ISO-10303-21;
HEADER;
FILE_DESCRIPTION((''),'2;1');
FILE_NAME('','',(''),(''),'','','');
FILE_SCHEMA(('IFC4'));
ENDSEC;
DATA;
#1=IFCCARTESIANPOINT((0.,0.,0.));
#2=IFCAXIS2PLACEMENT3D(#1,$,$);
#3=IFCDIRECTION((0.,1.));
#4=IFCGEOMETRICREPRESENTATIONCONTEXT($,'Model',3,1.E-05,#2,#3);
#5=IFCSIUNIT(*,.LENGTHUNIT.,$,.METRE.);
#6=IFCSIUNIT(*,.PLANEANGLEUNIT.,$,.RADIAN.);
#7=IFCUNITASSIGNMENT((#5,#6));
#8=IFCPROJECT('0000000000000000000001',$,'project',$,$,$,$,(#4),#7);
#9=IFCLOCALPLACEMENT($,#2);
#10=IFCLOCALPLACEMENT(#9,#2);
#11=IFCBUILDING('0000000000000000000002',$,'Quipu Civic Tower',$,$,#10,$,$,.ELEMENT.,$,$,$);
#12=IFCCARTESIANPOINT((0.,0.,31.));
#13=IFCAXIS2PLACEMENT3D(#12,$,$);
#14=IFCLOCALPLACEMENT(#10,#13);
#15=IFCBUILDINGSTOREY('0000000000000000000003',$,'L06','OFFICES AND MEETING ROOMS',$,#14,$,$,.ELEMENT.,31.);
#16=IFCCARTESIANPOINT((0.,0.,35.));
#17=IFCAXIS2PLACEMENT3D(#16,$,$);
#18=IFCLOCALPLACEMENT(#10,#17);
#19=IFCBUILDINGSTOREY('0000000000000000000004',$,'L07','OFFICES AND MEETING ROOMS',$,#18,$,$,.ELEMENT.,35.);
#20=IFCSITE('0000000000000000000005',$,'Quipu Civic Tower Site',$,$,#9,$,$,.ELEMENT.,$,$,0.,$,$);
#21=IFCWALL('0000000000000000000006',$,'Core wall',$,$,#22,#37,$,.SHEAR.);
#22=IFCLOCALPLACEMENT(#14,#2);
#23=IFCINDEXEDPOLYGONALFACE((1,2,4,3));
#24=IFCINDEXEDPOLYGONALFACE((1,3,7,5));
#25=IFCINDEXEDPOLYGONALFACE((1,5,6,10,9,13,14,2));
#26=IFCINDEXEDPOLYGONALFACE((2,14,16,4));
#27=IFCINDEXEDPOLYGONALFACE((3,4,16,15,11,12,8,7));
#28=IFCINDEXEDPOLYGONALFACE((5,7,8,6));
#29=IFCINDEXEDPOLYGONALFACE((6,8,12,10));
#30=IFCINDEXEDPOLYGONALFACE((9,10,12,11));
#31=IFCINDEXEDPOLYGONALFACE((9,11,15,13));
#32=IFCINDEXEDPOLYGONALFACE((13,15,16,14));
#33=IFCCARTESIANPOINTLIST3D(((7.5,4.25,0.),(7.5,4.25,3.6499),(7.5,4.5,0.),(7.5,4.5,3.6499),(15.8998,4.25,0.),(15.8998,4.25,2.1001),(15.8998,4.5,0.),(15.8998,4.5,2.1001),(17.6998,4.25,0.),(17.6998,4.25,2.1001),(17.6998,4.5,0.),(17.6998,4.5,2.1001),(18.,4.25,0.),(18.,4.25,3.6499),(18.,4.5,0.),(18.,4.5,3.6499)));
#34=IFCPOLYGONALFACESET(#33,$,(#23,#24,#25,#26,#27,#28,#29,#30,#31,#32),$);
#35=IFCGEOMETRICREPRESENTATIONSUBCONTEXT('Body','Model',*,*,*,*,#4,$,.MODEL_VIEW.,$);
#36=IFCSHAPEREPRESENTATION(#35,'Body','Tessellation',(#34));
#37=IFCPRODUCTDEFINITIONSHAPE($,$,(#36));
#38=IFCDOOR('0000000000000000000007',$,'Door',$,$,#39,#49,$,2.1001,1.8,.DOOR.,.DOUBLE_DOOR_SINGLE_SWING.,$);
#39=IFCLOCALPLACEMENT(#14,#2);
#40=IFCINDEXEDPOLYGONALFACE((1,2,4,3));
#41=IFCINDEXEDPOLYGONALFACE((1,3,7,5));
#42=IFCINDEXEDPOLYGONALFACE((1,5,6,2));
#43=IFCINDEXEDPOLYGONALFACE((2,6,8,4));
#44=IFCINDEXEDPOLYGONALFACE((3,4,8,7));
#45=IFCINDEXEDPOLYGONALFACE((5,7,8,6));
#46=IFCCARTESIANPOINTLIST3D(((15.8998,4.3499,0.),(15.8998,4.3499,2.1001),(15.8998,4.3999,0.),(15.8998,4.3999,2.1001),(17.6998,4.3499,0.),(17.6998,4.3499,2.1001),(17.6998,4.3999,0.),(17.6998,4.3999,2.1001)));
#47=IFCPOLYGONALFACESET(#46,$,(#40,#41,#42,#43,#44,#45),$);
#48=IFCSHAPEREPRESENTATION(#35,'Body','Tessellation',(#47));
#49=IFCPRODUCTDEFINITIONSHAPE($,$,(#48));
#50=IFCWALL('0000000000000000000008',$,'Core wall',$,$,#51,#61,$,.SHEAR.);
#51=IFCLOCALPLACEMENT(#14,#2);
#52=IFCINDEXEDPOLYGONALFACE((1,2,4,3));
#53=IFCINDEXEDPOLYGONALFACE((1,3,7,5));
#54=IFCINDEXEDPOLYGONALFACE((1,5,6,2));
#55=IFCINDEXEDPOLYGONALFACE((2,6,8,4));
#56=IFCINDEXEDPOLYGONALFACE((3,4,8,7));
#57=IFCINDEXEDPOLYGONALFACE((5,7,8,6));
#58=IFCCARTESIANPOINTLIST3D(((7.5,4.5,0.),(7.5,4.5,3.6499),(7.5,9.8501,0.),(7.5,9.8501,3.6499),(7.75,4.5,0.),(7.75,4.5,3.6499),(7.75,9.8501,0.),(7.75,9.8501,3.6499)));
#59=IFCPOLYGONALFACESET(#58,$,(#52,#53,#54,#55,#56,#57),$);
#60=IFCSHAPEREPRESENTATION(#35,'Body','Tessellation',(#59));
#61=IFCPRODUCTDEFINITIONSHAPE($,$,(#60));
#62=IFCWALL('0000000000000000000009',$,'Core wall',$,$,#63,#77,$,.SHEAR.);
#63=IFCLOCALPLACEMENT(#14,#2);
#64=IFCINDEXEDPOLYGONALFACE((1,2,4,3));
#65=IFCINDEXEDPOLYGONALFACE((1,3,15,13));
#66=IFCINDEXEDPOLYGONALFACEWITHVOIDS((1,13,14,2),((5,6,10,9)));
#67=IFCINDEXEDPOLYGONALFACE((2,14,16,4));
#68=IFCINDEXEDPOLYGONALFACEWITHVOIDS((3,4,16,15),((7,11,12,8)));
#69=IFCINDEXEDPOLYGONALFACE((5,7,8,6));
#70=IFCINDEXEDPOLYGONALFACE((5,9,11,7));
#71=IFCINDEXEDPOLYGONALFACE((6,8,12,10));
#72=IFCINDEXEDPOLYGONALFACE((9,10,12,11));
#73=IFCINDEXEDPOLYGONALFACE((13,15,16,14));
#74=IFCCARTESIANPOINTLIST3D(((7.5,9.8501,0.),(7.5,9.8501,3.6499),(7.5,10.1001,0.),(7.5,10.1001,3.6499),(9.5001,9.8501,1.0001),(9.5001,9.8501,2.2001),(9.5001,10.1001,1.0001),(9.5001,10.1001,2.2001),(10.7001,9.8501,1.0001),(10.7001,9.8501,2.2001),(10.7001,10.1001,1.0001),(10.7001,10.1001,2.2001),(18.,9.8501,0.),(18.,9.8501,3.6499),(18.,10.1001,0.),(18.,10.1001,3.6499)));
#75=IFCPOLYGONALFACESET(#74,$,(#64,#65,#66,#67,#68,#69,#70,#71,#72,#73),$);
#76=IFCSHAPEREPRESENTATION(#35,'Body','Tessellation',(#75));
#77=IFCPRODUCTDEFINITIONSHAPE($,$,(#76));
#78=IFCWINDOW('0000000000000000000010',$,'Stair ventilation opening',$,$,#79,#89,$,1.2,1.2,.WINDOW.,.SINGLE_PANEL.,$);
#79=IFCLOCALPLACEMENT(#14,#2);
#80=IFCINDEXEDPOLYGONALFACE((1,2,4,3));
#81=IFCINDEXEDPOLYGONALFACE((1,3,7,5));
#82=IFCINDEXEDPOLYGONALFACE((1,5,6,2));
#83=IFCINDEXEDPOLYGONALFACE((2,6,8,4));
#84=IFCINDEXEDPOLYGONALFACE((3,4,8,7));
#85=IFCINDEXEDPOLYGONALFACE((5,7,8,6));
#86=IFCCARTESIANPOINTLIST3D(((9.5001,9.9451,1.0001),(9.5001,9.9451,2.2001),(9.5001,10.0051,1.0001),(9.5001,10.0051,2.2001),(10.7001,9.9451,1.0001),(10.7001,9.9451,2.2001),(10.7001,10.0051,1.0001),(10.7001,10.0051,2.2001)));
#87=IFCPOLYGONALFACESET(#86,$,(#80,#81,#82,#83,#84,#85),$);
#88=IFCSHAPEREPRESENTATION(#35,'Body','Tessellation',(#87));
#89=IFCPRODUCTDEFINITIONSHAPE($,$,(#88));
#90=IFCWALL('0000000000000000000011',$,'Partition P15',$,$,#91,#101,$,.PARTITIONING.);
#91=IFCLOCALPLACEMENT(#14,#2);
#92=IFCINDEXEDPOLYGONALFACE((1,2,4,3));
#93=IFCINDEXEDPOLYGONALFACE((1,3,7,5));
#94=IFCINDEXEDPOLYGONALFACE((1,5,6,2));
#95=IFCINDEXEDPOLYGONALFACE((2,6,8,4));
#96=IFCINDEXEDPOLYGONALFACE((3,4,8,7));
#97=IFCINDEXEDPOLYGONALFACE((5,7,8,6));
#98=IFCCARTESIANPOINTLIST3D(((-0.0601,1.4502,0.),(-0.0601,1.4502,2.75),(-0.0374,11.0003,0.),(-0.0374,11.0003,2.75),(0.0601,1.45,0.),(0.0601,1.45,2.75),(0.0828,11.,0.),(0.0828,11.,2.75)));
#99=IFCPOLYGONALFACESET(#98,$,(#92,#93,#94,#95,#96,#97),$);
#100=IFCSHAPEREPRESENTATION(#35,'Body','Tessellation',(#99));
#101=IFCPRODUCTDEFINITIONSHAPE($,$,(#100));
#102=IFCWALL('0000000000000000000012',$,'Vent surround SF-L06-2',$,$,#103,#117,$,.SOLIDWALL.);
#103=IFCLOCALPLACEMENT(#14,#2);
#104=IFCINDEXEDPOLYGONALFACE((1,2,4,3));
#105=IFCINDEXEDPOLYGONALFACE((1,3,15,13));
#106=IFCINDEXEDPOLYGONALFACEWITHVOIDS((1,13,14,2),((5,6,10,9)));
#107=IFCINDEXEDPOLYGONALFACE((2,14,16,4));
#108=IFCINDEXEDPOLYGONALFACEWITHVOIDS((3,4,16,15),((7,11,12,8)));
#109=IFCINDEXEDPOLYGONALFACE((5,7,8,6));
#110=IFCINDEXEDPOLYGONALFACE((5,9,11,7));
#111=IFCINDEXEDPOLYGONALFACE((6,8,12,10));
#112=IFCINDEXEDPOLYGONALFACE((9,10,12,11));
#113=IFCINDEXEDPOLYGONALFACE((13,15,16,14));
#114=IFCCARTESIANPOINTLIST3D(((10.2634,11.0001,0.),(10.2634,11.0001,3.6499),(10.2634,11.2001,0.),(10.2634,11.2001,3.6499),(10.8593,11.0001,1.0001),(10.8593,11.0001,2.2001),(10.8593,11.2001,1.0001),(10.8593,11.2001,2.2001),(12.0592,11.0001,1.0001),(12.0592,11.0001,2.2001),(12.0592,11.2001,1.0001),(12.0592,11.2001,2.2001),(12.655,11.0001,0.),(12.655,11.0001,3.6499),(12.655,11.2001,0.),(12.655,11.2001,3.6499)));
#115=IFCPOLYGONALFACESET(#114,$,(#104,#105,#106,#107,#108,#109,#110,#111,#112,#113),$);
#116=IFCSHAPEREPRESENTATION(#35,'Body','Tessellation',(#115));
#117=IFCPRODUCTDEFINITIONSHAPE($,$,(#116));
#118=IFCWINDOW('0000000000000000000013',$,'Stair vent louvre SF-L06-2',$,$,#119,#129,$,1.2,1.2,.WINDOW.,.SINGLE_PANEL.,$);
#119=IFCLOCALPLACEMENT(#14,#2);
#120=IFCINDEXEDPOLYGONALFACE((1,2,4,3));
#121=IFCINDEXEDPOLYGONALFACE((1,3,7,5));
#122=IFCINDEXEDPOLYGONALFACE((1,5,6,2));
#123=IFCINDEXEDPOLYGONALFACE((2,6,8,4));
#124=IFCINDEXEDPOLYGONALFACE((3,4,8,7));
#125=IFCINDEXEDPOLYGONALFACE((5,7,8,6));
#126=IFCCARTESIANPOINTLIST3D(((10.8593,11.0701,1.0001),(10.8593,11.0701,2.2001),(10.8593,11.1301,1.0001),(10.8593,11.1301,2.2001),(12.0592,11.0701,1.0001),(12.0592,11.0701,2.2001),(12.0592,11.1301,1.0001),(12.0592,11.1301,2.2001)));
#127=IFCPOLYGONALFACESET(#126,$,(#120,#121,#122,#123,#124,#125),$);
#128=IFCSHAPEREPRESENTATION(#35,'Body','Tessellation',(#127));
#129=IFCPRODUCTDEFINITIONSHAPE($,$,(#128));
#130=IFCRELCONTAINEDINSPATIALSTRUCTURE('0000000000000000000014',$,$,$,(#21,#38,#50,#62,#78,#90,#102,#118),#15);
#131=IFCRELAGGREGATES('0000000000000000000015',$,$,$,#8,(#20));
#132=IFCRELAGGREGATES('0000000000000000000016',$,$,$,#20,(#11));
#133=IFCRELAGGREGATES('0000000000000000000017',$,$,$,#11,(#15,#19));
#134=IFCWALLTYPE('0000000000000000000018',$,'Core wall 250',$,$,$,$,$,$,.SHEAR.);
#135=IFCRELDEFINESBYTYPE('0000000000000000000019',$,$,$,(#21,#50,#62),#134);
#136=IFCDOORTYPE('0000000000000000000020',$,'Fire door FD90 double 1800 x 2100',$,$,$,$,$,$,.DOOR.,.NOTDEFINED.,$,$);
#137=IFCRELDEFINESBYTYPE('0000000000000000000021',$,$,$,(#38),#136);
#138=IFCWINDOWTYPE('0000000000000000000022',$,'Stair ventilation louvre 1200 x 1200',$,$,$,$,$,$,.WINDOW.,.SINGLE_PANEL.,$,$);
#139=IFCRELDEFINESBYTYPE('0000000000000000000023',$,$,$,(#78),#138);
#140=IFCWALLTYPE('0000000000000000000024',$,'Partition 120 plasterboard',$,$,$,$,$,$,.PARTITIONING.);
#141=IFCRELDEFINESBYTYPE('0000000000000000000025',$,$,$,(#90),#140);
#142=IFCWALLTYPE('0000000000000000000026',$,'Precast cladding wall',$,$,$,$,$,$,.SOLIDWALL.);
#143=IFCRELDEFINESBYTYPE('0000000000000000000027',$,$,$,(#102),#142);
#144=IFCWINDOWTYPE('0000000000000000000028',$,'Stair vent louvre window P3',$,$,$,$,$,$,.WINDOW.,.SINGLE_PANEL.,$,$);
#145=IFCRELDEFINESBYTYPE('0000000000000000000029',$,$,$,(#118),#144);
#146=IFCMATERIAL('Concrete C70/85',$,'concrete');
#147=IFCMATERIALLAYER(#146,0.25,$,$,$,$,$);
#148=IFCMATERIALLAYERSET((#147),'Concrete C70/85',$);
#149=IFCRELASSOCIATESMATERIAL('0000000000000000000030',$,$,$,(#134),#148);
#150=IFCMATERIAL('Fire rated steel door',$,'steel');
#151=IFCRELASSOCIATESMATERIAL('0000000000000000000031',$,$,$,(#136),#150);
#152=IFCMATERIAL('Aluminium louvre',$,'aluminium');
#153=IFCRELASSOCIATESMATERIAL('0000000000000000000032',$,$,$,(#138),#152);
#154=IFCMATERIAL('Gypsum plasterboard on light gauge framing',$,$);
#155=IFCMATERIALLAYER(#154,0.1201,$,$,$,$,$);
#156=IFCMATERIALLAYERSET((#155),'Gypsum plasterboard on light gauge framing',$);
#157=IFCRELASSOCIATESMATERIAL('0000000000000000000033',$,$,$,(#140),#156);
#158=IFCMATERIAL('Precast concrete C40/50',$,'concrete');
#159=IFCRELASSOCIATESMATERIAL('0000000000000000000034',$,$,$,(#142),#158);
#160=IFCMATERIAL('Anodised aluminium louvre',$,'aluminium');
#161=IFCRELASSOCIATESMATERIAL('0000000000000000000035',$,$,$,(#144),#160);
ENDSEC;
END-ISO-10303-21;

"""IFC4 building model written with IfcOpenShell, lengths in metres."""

from ifc_helpers import new_model, si_unit, direction, frame, frame_2d, origin, place, context, subcontext, project, spatial, rectangle, extrude, material, layer, layer_set, type_object, element, fill, save


model = new_model("IFC4")

# Units and contexts
model_context = context("Model", 3, precision=1e-05, world=origin(), true_north=direction((0.0, 1.0)))
body_context = subcontext(model_context, "Body", "Model", "MODEL_VIEW")
ifc_project = project(units=[si_unit("LENGTHUNIT", "METRE"), si_unit("PLANEANGLEUNIT", "RADIAN")], contexts=[model_context])

# Site, building, storey
site_placement = place(None, origin())
site = spatial("IfcSite", under=ifc_project, at=site_placement, Name="Quipu Civic Tower Site", CompositionType="ELEMENT", RefElevation=0.0)
building_placement = place(site_placement, origin())
building = spatial("IfcBuilding", under=site, at=building_placement, Name="Quipu Civic Tower", CompositionType="ELEMENT")
storey_1_placement = place(building_placement, frame((0.0, 0.0, 31.0)))
storey_1 = spatial("IfcBuildingStorey", under=building, at=storey_1_placement, Name="L06", Description="OFFICES AND MEETING ROOMS", CompositionType="ELEMENT", Elevation=31.0)

# Shared definitions
storey_2_placement = place(building_placement, frame((0.0, 0.0, 35.0)))
storey_2 = spatial("IfcBuildingStorey", under=building, at=storey_2_placement, Name="L07", Description="OFFICES AND MEETING ROOMS", CompositionType="ELEMENT", Elevation=35.0)

# Wall, opening, door
ifc_material_1 = material(Name="Concrete C70/85", Category="concrete")
ifc_layer_1 = layer(ifc_material_1, 0.25)
ifc_layer_set_1 = layer_set([ifc_layer_1], Name="Concrete C70/85")
wall_type_1 = type_object("IfcWallType", Name="Core wall 250", PredefinedType="SHEAR", material=ifc_layer_set_1)
ifc_material_2 = material(Name="Fire rated steel door", Category="steel")
door_type = type_object("IfcDoorType", Name="Fire door FD90 double 1800 x 2100", OperationType="NOTDEFINED", PredefinedType="DOOR", material=ifc_material_2)
wall_1_placement = place(storey_1_placement, frame((7.5, 4.375, 0.0), z_axis=(0.0, 0.0, 1.0), x_axis=(1.0, 0.0, 0.0)))
wall_1 = element("IfcWall", 1, at=wall_1_placement, inside=storey_1, type_object=wall_type_1, Name="Core wall", PredefinedType="SHEAR", context=body_context, shape_type="SweptSolid", body=[
    extrude(rectangle(XDim=10.5, YDim=0.25, at=frame_2d((5.25, 0.0))), origin(), (0.0, 0.0, 1.0), 3.6499),
])
opening_1_placement = place(wall_1_placement, frame((8.3999, 0.0, 0.0)))
opening_1 = element("IfcOpeningElement", 2, at=opening_1_placement, cuts=wall_1, PredefinedType="OPENING", context=body_context, shape_type="SweptSolid", body=[
    extrude(rectangle(XDim=1.8, YDim=2.1001, at=frame_2d((0.8999, 1.05))), frame((0.0, 0.135, 0.0), z_axis=(0.0, -1.0, 0.0), x_axis=(1.0, 0.0, 0.0)), (0.0, 0.0, 1.0), 0.27),
])
door_1_placement = place(opening_1_placement, origin())
door_1 = element("IfcDoor", 3, at=door_1_placement, inside=storey_1, type_object=door_type, Name="Door", OperationType="DOUBLE_DOOR_SINGLE_SWING", OverallHeight=2.1001, OverallWidth=1.8, PredefinedType="DOOR", context=body_context, shape_type="SweptSolid", body=[
    extrude(rectangle(XDim=1.8, YDim=2.1001, at=frame_2d((0.8999, 1.05))), frame((0.0, 0.0249, 0.0), z_axis=(0.0, -1.0, 0.0), x_axis=(1.0, 0.0, 0.0)), (0.0, 0.0, 1.0), 0.05),
])
fill(opening_1, door_1)

# Wall
wall_2_placement = place(storey_1_placement, frame((7.625, 4.5, 0.0), z_axis=(0.0, 0.0, 1.0), x_axis=(0.0, 1.0, 0.0)))
element("IfcWall", 4, at=wall_2_placement, inside=storey_1, type_object=wall_type_1, Name="Core wall", PredefinedType="SHEAR", context=body_context, shape_type="SweptSolid", body=[
    extrude(rectangle(XDim=5.3501, YDim=0.25, at=frame_2d((2.675, 0.0))), origin(), (0.0, 0.0, 1.0), 3.6499),
])

# Wall, opening, window
wall_3_placement = place(storey_1_placement, frame((7.5, 9.9751, 0.0), z_axis=(0.0, 0.0, 1.0), x_axis=(1.0, 0.0, 0.0)))
wall_3 = element("IfcWall", 5, at=wall_3_placement, inside=storey_1, type_object=wall_type_1, Name="Core wall", PredefinedType="SHEAR", context=body_context, shape_type="SweptSolid", body=[
    extrude(rectangle(XDim=10.5, YDim=0.25, at=frame_2d((5.25, 0.0))), origin(), (0.0, 0.0, 1.0), 3.6499),
])
opening_2_placement = place(wall_3_placement, frame((2.0, 0.0, 1.0)))
opening_2 = element("IfcOpeningElement", 6, at=opening_2_placement, cuts=wall_3, PredefinedType="OPENING", context=body_context, shape_type="SweptSolid", body=[
    extrude(rectangle(XDim=1.2, YDim=1.2, at=frame_2d((0.6001, 0.6001))), frame((0.0, 0.135, 0.0), z_axis=(0.0, -1.0, 0.0), x_axis=(1.0, 0.0, 0.0)), (0.0, 0.0, 1.0), 0.27),
])
ifc_material_3 = material(Name="Aluminium louvre", Category="aluminium")
window_type_1 = type_object("IfcWindowType", Name="Stair ventilation louvre 1200 x 1200", PartitioningType="SINGLE_PANEL", PredefinedType="WINDOW", material=ifc_material_3)
window_1_placement = place(opening_2_placement, origin())
window_1 = element("IfcWindow", 7, at=window_1_placement, inside=storey_1, type_object=window_type_1, Name="Stair ventilation opening", OverallHeight=1.2, OverallWidth=1.2, PartitioningType="SINGLE_PANEL", PredefinedType="WINDOW", context=body_context, shape_type="SweptSolid", body=[
    extrude(rectangle(XDim=1.2, YDim=1.2, at=frame_2d((0.6001, 0.6001))), frame((0.0, 0.03, 0.0), z_axis=(0.0, -1.0, 0.0), x_axis=(1.0, 0.0, 0.0)), (0.0, 0.0, 1.0), 0.0601),
])
fill(opening_2, window_1)

# Wall
ifc_material_4 = material(Name="Gypsum plasterboard on light gauge framing")
ifc_layer_2 = layer(ifc_material_4, 0.1201)
ifc_layer_set_2 = layer_set([ifc_layer_2], Name="Gypsum plasterboard on light gauge framing")
wall_type_2 = type_object("IfcWallType", Name="Partition 120 plasterboard", PredefinedType="PARTITIONING", material=ifc_layer_set_2)
wall_4_placement = place(storey_1_placement, frame((0.0227, 11.0, 0.0), z_axis=(0.0, 0.0, 1.0), x_axis=(-0.002377, -0.999997, 0.0)))
element("IfcWall", 8, at=wall_4_placement, inside=storey_1, type_object=wall_type_2, Name="Partition P15", PredefinedType="PARTITIONING", context=body_context, shape_type="SweptSolid", body=[
    extrude(rectangle(XDim=9.55, YDim=0.1201, at=frame_2d((4.7749, 0.0))), origin(), (0.0, 0.0, 1.0), 2.75),
])

# Wall, opening, window
ifc_material_5 = material(Name="Precast concrete C40/50", Category="concrete")
wall_type_3 = type_object("IfcWallType", Name="Precast cladding wall", PredefinedType="SOLIDWALL", material=ifc_material_5)
wall_5_placement = place(storey_1_placement, frame((12.655, 11.1001, 0.0), z_axis=(0.0, 0.0, 1.0), x_axis=(-1.0, 0.0, 0.0)))
wall_5 = element("IfcWall", 9, at=wall_5_placement, inside=storey_1, type_object=wall_type_3, Name="Vent surround SF-L06-2", PredefinedType="SOLIDWALL", context=body_context, shape_type="SweptSolid", body=[
    extrude(rectangle(XDim=2.3916, YDim=0.2, at=frame_2d((1.1958, 0.0))), origin(), (0.0, 0.0, 1.0), 3.6499),
])
opening_3_placement = place(wall_5_placement, frame((0.5957, 0.0, 1.0)))
opening_3 = element("IfcOpeningElement", 10, at=opening_3_placement, cuts=wall_5, PredefinedType="OPENING", context=body_context, shape_type="SweptSolid", body=[
    extrude(rectangle(XDim=1.2, YDim=1.2, at=frame_2d((0.6001, 0.6001))), frame((0.0, 0.1099, 0.0), z_axis=(0.0, -1.0, 0.0), x_axis=(1.0, 0.0, 0.0)), (0.0, 0.0, 1.0), 0.22),
])
ifc_material_6 = material(Name="Anodised aluminium louvre", Category="aluminium")
window_type_2 = type_object("IfcWindowType", Name="Stair vent louvre window P3", PartitioningType="SINGLE_PANEL", PredefinedType="WINDOW", material=ifc_material_6)
window_2_placement = place(opening_3_placement, origin())
window_2 = element("IfcWindow", 11, at=window_2_placement, inside=storey_1, type_object=window_type_2, Name="Stair vent louvre SF-L06-2", OverallHeight=1.2, OverallWidth=1.2, PartitioningType="SINGLE_PANEL", PredefinedType="WINDOW", context=body_context, shape_type="SweptSolid", body=[
    extrude(rectangle(XDim=1.2, YDim=1.2, at=frame_2d((0.6001, 0.6001))), frame((0.0, 0.03, 0.0), z_axis=(0.0, -1.0, 0.0), x_axis=(1.0, 0.0, 0.0)), (0.0, 0.0, 1.0), 0.0601),
])
fill(opening_3, window_2)

save(model, "model.ifc")
